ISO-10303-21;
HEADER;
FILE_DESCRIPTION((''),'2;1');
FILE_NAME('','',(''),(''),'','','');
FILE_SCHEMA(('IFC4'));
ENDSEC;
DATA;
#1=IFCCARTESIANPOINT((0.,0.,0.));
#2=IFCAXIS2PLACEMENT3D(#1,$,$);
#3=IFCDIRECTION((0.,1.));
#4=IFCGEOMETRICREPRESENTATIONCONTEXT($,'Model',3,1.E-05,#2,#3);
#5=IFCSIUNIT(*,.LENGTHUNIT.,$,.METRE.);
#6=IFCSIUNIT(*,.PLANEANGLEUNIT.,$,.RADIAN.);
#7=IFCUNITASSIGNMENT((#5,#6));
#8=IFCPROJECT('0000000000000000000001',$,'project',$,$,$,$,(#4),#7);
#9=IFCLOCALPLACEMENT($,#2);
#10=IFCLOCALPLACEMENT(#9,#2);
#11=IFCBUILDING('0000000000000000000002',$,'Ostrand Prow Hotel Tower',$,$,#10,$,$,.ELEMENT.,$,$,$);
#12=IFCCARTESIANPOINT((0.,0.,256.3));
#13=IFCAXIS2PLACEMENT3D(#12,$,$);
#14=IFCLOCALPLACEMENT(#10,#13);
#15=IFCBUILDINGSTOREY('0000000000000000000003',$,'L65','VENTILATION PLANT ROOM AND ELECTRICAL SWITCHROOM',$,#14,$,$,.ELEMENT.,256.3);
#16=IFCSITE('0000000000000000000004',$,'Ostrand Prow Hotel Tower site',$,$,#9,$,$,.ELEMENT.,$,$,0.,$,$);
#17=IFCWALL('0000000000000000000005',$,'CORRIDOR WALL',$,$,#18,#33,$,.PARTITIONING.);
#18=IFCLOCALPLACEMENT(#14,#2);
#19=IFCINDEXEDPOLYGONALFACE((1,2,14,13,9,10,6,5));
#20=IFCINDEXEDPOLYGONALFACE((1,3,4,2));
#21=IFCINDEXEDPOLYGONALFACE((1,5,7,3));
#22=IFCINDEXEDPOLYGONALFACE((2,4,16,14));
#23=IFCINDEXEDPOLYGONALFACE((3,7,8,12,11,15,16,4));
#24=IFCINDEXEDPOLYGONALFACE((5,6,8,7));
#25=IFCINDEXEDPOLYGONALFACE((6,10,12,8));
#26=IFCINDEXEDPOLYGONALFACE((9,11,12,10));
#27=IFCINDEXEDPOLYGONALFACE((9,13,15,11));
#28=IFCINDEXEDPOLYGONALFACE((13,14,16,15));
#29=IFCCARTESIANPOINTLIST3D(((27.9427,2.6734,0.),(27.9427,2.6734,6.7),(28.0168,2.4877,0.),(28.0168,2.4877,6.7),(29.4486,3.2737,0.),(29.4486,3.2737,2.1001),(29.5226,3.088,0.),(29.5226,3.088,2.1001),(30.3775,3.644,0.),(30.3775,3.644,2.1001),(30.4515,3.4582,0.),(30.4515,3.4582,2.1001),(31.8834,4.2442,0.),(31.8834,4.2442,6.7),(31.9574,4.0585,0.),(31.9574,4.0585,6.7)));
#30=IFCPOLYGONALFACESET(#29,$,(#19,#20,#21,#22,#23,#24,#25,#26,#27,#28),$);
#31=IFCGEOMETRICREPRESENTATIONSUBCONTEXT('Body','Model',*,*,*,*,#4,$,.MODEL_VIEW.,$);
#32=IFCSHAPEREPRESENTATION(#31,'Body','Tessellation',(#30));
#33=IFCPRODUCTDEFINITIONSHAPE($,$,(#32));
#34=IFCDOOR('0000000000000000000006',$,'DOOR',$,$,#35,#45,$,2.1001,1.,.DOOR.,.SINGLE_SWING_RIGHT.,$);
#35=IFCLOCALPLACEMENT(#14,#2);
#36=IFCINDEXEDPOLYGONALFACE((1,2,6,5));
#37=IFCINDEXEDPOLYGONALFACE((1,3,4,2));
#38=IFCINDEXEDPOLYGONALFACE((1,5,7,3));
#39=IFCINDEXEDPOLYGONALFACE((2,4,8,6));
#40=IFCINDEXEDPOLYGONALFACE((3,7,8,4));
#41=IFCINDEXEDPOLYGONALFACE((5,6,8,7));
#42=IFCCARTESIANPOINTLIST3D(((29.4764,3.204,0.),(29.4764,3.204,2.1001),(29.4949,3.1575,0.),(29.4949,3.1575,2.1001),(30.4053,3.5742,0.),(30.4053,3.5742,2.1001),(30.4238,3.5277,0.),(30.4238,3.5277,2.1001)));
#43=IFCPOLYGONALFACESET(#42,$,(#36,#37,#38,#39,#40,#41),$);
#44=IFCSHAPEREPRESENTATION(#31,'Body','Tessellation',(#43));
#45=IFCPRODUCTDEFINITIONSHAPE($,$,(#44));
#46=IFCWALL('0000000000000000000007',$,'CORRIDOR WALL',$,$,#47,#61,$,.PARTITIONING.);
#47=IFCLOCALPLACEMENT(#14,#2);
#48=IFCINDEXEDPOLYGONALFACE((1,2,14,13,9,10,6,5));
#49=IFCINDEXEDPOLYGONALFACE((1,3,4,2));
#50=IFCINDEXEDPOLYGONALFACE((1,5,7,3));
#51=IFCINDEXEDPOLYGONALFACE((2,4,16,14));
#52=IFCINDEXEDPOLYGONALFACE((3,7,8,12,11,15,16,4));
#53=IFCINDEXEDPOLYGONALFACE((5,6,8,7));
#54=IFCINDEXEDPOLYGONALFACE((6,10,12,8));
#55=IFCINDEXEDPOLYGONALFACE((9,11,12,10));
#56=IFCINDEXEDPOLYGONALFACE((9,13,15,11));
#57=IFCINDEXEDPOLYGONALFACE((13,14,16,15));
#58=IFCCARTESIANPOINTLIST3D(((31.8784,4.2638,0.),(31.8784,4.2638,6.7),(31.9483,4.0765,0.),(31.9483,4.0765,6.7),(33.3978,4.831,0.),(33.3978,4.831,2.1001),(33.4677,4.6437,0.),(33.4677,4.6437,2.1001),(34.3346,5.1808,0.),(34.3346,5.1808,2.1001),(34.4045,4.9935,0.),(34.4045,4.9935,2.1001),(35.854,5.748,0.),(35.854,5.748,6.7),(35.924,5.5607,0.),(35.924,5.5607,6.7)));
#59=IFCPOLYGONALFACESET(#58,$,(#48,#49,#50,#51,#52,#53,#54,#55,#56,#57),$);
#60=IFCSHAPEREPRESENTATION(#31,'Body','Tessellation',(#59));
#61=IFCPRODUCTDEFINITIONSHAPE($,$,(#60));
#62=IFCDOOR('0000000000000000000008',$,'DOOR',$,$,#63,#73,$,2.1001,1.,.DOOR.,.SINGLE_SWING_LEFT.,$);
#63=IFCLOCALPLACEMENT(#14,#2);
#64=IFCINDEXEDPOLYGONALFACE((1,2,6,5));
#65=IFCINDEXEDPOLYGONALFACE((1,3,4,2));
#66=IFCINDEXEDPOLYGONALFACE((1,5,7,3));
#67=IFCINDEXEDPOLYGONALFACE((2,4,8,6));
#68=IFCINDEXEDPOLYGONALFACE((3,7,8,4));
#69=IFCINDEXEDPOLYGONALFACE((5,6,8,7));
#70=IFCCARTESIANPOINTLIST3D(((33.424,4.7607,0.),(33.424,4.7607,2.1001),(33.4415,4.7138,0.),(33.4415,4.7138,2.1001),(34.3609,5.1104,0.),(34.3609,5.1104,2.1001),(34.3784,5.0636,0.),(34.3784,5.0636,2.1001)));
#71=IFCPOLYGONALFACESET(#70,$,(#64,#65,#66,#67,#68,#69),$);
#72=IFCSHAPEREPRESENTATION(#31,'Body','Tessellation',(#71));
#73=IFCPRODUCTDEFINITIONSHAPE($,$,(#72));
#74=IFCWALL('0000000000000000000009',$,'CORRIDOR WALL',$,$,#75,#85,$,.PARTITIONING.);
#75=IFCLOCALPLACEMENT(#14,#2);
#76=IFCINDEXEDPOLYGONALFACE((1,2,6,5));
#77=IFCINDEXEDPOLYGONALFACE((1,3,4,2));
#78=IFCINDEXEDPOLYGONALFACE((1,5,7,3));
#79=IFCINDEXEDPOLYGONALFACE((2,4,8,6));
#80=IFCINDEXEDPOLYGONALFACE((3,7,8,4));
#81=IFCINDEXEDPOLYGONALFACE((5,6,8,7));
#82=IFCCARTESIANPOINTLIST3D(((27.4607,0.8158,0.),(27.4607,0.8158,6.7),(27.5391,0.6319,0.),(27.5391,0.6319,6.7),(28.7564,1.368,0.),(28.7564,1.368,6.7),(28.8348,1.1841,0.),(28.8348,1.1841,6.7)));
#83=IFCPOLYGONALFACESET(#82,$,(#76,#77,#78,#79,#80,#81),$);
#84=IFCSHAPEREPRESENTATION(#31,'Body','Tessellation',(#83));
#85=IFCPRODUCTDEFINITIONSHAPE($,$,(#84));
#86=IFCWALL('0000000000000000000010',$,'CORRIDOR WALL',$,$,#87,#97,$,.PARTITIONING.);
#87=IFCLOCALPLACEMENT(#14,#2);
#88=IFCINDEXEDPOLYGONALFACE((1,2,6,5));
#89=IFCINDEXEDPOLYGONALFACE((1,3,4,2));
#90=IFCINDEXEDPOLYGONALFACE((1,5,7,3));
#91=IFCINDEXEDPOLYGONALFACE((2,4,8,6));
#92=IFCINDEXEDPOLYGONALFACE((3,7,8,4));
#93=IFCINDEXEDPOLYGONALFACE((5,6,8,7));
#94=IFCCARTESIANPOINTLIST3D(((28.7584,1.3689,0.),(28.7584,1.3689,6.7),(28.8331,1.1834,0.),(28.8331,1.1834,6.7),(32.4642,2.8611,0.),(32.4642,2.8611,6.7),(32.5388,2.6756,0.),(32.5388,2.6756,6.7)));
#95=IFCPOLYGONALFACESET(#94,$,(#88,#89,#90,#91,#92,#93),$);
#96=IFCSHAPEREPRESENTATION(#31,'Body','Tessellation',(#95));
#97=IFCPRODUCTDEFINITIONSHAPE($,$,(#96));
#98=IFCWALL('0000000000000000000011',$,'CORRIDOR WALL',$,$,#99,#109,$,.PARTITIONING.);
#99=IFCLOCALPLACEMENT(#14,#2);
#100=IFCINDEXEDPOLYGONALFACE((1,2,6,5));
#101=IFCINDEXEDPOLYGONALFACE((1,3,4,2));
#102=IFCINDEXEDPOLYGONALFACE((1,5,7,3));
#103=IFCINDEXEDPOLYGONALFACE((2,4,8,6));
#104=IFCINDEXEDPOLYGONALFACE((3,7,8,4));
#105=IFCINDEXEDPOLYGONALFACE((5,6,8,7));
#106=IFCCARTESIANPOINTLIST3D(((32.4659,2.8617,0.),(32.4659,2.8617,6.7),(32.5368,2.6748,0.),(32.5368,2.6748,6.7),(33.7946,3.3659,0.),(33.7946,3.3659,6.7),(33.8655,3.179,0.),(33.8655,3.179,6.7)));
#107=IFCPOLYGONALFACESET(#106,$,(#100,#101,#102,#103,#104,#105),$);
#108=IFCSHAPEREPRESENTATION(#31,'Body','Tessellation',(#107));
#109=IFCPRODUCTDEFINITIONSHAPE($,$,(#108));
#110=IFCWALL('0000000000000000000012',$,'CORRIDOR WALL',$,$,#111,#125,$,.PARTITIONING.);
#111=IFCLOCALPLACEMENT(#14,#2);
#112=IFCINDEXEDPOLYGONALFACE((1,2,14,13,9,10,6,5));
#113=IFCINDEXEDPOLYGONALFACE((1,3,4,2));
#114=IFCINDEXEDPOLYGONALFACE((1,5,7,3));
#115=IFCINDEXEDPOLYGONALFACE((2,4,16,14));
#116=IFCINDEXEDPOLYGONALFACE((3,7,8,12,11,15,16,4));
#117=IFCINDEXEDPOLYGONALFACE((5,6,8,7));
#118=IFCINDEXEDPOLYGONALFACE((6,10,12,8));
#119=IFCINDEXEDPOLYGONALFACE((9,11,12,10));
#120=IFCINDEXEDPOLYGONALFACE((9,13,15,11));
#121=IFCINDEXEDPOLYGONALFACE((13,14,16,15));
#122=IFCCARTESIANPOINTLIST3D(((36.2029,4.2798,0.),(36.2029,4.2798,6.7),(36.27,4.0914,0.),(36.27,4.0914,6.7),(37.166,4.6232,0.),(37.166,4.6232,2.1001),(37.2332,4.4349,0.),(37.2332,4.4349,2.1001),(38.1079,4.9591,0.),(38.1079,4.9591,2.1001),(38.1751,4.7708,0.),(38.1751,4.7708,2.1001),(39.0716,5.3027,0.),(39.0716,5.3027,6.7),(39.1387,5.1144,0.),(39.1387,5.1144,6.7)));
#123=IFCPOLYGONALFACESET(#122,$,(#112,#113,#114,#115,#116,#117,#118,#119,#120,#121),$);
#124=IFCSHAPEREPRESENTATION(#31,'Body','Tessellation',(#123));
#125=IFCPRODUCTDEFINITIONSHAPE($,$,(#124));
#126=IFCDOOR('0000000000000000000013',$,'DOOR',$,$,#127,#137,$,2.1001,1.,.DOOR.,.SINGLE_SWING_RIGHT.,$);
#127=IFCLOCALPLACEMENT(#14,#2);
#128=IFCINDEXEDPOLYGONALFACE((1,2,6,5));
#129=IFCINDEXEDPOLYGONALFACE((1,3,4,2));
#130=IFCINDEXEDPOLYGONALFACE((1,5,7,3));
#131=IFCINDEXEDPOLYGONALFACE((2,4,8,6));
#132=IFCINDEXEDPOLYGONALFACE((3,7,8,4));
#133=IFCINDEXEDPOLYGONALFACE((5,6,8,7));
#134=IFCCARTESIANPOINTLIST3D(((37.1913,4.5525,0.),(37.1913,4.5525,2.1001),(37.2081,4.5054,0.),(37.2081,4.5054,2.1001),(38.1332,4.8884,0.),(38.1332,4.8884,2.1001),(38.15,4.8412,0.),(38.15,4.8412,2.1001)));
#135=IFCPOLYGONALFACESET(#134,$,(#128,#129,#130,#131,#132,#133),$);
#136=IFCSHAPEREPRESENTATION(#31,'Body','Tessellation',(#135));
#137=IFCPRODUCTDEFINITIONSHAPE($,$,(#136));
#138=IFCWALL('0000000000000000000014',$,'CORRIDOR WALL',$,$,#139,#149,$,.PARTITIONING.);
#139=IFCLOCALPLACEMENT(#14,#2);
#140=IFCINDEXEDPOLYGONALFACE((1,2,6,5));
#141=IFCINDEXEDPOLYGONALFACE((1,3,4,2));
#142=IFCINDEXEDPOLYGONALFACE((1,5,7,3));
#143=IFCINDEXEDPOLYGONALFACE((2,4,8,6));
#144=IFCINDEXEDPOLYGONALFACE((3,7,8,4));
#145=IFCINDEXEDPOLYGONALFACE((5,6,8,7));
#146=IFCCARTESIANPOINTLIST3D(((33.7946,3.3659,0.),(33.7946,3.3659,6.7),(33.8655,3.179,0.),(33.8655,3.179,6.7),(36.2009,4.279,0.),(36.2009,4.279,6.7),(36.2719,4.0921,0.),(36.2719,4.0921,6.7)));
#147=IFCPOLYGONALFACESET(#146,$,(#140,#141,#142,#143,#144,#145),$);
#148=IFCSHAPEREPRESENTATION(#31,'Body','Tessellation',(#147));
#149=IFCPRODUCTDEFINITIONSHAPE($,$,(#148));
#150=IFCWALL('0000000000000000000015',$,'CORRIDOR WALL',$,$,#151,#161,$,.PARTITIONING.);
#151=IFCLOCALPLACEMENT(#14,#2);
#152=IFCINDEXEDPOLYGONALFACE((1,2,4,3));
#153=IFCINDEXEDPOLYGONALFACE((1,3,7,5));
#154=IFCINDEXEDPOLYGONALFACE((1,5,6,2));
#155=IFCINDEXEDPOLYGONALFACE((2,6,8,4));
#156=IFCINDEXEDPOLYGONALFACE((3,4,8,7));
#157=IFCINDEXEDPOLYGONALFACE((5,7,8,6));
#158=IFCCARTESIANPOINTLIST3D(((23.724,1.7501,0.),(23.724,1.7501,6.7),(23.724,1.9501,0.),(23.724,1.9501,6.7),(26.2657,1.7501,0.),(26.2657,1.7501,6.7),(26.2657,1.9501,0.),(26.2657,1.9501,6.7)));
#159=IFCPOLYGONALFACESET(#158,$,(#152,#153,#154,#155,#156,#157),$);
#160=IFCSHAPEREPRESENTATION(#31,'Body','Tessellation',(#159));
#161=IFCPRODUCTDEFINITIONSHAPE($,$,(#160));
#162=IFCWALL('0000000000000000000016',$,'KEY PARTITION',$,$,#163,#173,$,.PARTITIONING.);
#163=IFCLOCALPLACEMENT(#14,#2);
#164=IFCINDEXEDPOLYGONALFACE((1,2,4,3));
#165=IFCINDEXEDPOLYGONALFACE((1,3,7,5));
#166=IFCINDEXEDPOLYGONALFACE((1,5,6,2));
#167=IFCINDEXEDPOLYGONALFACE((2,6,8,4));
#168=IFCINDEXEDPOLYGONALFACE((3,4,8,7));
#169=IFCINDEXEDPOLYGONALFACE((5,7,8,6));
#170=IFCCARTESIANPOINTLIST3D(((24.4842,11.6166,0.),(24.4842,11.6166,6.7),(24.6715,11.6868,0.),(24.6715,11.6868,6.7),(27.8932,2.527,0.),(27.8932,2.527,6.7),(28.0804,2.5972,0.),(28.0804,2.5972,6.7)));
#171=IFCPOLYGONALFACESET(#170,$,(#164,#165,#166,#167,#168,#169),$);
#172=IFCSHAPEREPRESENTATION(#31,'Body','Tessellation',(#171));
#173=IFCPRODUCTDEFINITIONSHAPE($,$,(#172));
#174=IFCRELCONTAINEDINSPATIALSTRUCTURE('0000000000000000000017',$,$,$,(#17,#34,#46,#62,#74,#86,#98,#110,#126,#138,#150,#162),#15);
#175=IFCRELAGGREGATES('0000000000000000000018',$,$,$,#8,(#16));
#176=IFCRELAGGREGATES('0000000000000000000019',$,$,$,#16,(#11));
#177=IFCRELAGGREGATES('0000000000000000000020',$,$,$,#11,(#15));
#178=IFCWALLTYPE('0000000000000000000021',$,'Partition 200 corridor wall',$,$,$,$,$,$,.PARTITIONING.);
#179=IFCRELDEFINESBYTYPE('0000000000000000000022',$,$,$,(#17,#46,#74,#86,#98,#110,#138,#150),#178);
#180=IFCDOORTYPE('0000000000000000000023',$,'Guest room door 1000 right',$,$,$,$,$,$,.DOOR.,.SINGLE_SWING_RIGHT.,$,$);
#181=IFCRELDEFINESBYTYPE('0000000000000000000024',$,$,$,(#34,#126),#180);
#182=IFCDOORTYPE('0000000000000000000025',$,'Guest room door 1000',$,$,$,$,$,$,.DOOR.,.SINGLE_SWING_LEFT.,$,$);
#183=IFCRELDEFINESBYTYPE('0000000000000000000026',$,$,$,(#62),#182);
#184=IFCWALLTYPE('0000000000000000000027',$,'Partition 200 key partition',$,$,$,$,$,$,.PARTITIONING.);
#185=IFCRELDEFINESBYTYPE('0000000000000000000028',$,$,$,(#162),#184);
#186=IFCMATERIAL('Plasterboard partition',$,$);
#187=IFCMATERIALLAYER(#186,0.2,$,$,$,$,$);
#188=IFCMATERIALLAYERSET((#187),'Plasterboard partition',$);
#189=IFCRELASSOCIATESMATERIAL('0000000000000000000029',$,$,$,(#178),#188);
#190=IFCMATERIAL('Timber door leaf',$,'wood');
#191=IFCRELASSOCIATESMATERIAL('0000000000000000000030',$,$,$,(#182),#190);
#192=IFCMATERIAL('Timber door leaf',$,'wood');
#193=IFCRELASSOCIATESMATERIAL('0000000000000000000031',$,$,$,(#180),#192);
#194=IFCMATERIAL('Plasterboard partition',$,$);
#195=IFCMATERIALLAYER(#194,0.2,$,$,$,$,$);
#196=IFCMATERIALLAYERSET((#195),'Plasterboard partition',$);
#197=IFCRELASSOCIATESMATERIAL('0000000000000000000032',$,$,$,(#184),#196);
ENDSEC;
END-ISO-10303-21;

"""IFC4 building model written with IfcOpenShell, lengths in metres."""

from ifc_helpers import new_model, si_unit, direction, frame, frame_2d, origin, place, context, subcontext, project, spatial, rectangle, extrude, material, layer, layer_set, type_object, element, fill, save


model = new_model("IFC4")

# Units and contexts
model_context = context("Model", 3, precision=1e-05, world=origin(), true_north=direction((0.0, 1.0)))
body_context = subcontext(model_context, "Body", "Model", "MODEL_VIEW")
ifc_project = project(units=[si_unit("LENGTHUNIT", "METRE"), si_unit("PLANEANGLEUNIT", "RADIAN")], contexts=[model_context])

# Site, building, storey
site_placement = place(None, origin())
site = spatial("IfcSite", under=ifc_project, at=site_placement, Name="Ostrand Prow Hotel Tower site", CompositionType="ELEMENT", RefElevation=0.0)
building_placement = place(site_placement, origin())
building = spatial("IfcBuilding", under=site, at=building_placement, Name="Ostrand Prow Hotel Tower", CompositionType="ELEMENT")
storey_placement = place(building_placement, frame((0.0, 0.0, 256.3)))
storey = spatial("IfcBuildingStorey", under=building, at=storey_placement, Name="L65", Description="VENTILATION PLANT ROOM AND ELECTRICAL SWITCHROOM", CompositionType="ELEMENT", Elevation=256.3)

# Walls, openings, doors
ifc_material_1 = material(Name="Plasterboard partition")
ifc_layer_1 = layer(ifc_material_1, 0.2)
ifc_layer_set_1 = layer_set([ifc_layer_1], Name="Plasterboard partition")
wall_type_1 = type_object("IfcWallType", Name="Partition 200 corridor wall", PredefinedType="PARTITIONING", material=ifc_layer_set_1)
ifc_material_2 = material(Name="Timber door leaf", Category="wood")
door_type_1 = type_object("IfcDoorType", Name="Guest room door 1000", OperationType="SINGLE_SWING_LEFT", PredefinedType="DOOR", material=ifc_material_2)
wall_1_placement = place(storey_placement, frame((27.9797, 2.5806, 0.0), z_axis=(0.0, 0.0, 1.0), x_axis=(0.928921, 0.370279, 0.0)))
wall_1 = element("IfcWall", 1, at=wall_1_placement, inside=storey, type_object=wall_type_1, Name="CORRIDOR WALL", PredefinedType="PARTITIONING", context=body_context, shape_type="SweptSolid", body=[
    extrude(rectangle(XDim=4.2422, YDim=0.2, at=frame_2d((2.1211, 0.0))), origin(), (0.0, 0.0, 1.0), 6.7),
])
opening_1_placement = place(wall_1_placement, frame((1.6211, 0.0, 0.0)))
opening_1 = element("IfcOpeningElement", 2, at=opening_1_placement, cuts=wall_1, PredefinedType="OPENING", context=body_context, shape_type="SweptSolid", body=[
    extrude(rectangle(XDim=1.0, YDim=2.1001, at=frame_2d((0.5, 1.05))), frame((0.0, 0.1099, 0.0), z_axis=(0.0, -1.0, 0.0), x_axis=(1.0, 0.0, 0.0)), (0.0, 0.0, 1.0), 0.22),
])
ifc_material_3 = material(Name="Timber door leaf", Category="wood")
door_type_2 = type_object("IfcDoorType", Name="Guest room door 1000 right", OperationType="SINGLE_SWING_RIGHT", PredefinedType="DOOR", material=ifc_material_3)
door_1_placement = place(opening_1_placement, origin())
door_1 = element("IfcDoor", 3, at=door_1_placement, inside=storey, type_object=door_type_2, Name="DOOR", OperationType="SINGLE_SWING_RIGHT", OverallHeight=2.1001, OverallWidth=1.0, PredefinedType="DOOR", context=body_context, shape_type="SweptSolid", body=[
    extrude(rectangle(XDim=1.0, YDim=2.1001, at=frame_2d((0.5, 1.05))), frame((0.0, 0.0249, 0.0), z_axis=(0.0, -1.0, 0.0), x_axis=(1.0, 0.0, 0.0)), (0.0, 0.0, 1.0), 0.05),
])
fill(opening_1, door_1)
wall_2_placement = place(storey_placement, frame((31.9133, 4.1702, 0.0), z_axis=(0.0, 0.0, 1.0), x_axis=(0.936848, 0.349736, 0.0)))
wall_2 = element("IfcWall", 4, at=wall_2_placement, inside=storey, type_object=wall_type_1, Name="CORRIDOR WALL", PredefinedType="PARTITIONING", context=body_context, shape_type="SweptSolid", body=[
    extrude(rectangle(XDim=4.2437, YDim=0.2, at=frame_2d((2.1218, 0.0))), origin(), (0.0, 0.0, 1.0), 6.7),
])
opening_2_placement = place(wall_2_placement, frame((1.6218, 0.0, 0.0)))
opening_2 = element("IfcOpeningElement", 5, at=opening_2_placement, cuts=wall_2, PredefinedType="OPENING", context=body_context, shape_type="SweptSolid", body=[
    extrude(rectangle(XDim=1.0, YDim=2.1001, at=frame_2d((0.5, 1.05))), frame((0.0, 0.1099, 0.0), z_axis=(0.0, -1.0, 0.0), x_axis=(1.0, 0.0, 0.0)), (0.0, 0.0, 1.0), 0.22),
])
door_2_placement = place(opening_2_placement, origin())
door_2 = element("IfcDoor", 6, at=door_2_placement, inside=storey, type_object=door_type_1, Name="DOOR", OperationType="SINGLE_SWING_LEFT", OverallHeight=2.1001, OverallWidth=1.0, PredefinedType="DOOR", context=body_context, shape_type="SweptSolid", body=[
    extrude(rectangle(XDim=1.0, YDim=2.1001, at=frame_2d((0.5, 1.05))), frame((0.0, 0.0249, 0.0), z_axis=(0.0, -1.0, 0.0), x_axis=(1.0, 0.0, 0.0)), (0.0, 0.0, 1.0), 0.05),
])
fill(opening_2, door_2)

# Walls
wall_3_placement = place(storey_placement, frame((27.5, 0.7239, 0.0), z_axis=(0.0, 0.0, 1.0), x_axis=(0.919923, 0.392098, 0.0)))
element("IfcWall", 7, at=wall_3_placement, inside=storey, type_object=wall_type_1, Name="CORRIDOR WALL", PredefinedType="PARTITIONING", context=body_context, shape_type="SweptSolid", body=[
    extrude(rectangle(XDim=1.4084, YDim=0.2, at=frame_2d((0.7041, 0.0))), origin(), (0.0, 0.0, 1.0), 6.7),
])
wall_4_placement = place(storey_placement, frame((28.7957, 1.2761, 0.0), z_axis=(0.0, 0.0, 1.0), x_axis=(0.927623, 0.373518, 0.0)))
element("IfcWall", 8, at=wall_4_placement, inside=storey, type_object=wall_type_1, Name="CORRIDOR WALL", PredefinedType="PARTITIONING", context=body_context, shape_type="SweptSolid", body=[
    extrude(rectangle(XDim=3.9949, YDim=0.2, at=frame_2d((1.9976, 0.0))), origin(), (0.0, 0.0, 1.0), 6.7),
])
wall_5_placement = place(storey_placement, frame((32.5015, 2.7683, 0.0), z_axis=(0.0, 0.0, 1.0), x_axis=(0.934952, 0.354773, 0.0)))
element("IfcWall", 9, at=wall_5_placement, inside=storey, type_object=wall_type_1, Name="CORRIDOR WALL", PredefinedType="PARTITIONING", context=body_context, shape_type="SweptSolid", body=[
    extrude(rectangle(XDim=1.4211, YDim=0.2, at=frame_2d((0.7104, 0.0))), origin(), (0.0, 0.0, 1.0), 6.7),
])

# Wall, opening, door
wall_6_placement = place(storey_placement, frame((36.2363, 4.1855, 0.0), z_axis=(0.0, 0.0, 1.0), x_axis=(0.941905, 0.335879, 0.0)))
wall_6 = element("IfcWall", 10, at=wall_6_placement, inside=storey, type_object=wall_type_1, Name="CORRIDOR WALL", PredefinedType="PARTITIONING", context=body_context, shape_type="SweptSolid", body=[
    extrude(rectangle(XDim=3.0457, YDim=0.2, at=frame_2d((1.5229, 0.0))), origin(), (0.0, 0.0, 1.0), 6.7),
])
opening_3_placement = place(wall_6_placement, frame((1.0227, 0.0, 0.0)))
opening_3 = element("IfcOpeningElement", 11, at=opening_3_placement, cuts=wall_6, PredefinedType="OPENING", context=body_context, shape_type="SweptSolid", body=[
    extrude(rectangle(XDim=1.0, YDim=2.1001, at=frame_2d((0.5, 1.05))), frame((0.0, 0.1099, 0.0), z_axis=(0.0, -1.0, 0.0), x_axis=(1.0, 0.0, 0.0)), (0.0, 0.0, 1.0), 0.22),
])
door_3_placement = place(opening_3_placement, origin())
door_3 = element("IfcDoor", 12, at=door_3_placement, inside=storey, type_object=door_type_2, Name="DOOR", OperationType="SINGLE_SWING_RIGHT", OverallHeight=2.1001, OverallWidth=1.0, PredefinedType="DOOR", context=body_context, shape_type="SweptSolid", body=[
    extrude(rectangle(XDim=1.0, YDim=2.1001, at=frame_2d((0.5, 1.05))), frame((0.0, 0.0249, 0.0), z_axis=(0.0, -1.0, 0.0), x_axis=(1.0, 0.0, 0.0)), (0.0, 0.0, 1.0), 0.05),
])
fill(opening_3, door_3)

# Walls
wall_7_placement = place(storey_placement, frame((33.8301, 3.2725, 0.0), z_axis=(0.0, 0.0, 1.0), x_axis=(0.93495, 0.35478, 0.0)))
element("IfcWall", 13, at=wall_7_placement, inside=storey, type_object=wall_type_1, Name="CORRIDOR WALL", PredefinedType="PARTITIONING", context=body_context, shape_type="SweptSolid", body=[
    extrude(rectangle(XDim=2.5737, YDim=0.2, at=frame_2d((1.2869, 0.0))), origin(), (0.0, 0.0, 1.0), 6.7),
])
wall_8_placement = place(storey_placement, frame((26.2659, 1.8501, 0.0), z_axis=(0.0, 0.0, 1.0), x_axis=(-1.0, 0.0, 0.0)))
element("IfcWall", 14, at=wall_8_placement, inside=storey, type_object=wall_type_1, Name="CORRIDOR WALL", PredefinedType="PARTITIONING", context=body_context, shape_type="SweptSolid", body=[
    extrude(rectangle(XDim=2.5417, YDim=0.2, at=frame_2d((1.271, 0.0))), origin(), (0.0, 0.0, 1.0), 6.7),
])
ifc_material_4 = material(Name="Plasterboard partition")
ifc_layer_2 = layer(ifc_material_4, 0.2)
ifc_layer_set_2 = layer_set([ifc_layer_2], Name="Plasterboard partition")
wall_type_2 = type_object("IfcWallType", Name="Partition 200 key partition", PredefinedType="PARTITIONING", material=ifc_layer_set_2)
wall_9_placement = place(storey_placement, frame((27.9868, 2.562, 0.0), z_axis=(0.0, 0.0, 1.0), x_axis=(-0.351154, 0.936318, 0.0)))
element("IfcWall", 15, at=wall_9_placement, inside=storey, type_object=wall_type_2, Name="KEY PARTITION", PredefinedType="PARTITIONING", context=body_context, shape_type="SweptSolid", body=[
    extrude(rectangle(XDim=9.7078, YDim=0.2, at=frame_2d((4.854, 0.0))), origin(), (0.0, 0.0, 1.0), 6.7),
])

save(model, "model.ifc")
